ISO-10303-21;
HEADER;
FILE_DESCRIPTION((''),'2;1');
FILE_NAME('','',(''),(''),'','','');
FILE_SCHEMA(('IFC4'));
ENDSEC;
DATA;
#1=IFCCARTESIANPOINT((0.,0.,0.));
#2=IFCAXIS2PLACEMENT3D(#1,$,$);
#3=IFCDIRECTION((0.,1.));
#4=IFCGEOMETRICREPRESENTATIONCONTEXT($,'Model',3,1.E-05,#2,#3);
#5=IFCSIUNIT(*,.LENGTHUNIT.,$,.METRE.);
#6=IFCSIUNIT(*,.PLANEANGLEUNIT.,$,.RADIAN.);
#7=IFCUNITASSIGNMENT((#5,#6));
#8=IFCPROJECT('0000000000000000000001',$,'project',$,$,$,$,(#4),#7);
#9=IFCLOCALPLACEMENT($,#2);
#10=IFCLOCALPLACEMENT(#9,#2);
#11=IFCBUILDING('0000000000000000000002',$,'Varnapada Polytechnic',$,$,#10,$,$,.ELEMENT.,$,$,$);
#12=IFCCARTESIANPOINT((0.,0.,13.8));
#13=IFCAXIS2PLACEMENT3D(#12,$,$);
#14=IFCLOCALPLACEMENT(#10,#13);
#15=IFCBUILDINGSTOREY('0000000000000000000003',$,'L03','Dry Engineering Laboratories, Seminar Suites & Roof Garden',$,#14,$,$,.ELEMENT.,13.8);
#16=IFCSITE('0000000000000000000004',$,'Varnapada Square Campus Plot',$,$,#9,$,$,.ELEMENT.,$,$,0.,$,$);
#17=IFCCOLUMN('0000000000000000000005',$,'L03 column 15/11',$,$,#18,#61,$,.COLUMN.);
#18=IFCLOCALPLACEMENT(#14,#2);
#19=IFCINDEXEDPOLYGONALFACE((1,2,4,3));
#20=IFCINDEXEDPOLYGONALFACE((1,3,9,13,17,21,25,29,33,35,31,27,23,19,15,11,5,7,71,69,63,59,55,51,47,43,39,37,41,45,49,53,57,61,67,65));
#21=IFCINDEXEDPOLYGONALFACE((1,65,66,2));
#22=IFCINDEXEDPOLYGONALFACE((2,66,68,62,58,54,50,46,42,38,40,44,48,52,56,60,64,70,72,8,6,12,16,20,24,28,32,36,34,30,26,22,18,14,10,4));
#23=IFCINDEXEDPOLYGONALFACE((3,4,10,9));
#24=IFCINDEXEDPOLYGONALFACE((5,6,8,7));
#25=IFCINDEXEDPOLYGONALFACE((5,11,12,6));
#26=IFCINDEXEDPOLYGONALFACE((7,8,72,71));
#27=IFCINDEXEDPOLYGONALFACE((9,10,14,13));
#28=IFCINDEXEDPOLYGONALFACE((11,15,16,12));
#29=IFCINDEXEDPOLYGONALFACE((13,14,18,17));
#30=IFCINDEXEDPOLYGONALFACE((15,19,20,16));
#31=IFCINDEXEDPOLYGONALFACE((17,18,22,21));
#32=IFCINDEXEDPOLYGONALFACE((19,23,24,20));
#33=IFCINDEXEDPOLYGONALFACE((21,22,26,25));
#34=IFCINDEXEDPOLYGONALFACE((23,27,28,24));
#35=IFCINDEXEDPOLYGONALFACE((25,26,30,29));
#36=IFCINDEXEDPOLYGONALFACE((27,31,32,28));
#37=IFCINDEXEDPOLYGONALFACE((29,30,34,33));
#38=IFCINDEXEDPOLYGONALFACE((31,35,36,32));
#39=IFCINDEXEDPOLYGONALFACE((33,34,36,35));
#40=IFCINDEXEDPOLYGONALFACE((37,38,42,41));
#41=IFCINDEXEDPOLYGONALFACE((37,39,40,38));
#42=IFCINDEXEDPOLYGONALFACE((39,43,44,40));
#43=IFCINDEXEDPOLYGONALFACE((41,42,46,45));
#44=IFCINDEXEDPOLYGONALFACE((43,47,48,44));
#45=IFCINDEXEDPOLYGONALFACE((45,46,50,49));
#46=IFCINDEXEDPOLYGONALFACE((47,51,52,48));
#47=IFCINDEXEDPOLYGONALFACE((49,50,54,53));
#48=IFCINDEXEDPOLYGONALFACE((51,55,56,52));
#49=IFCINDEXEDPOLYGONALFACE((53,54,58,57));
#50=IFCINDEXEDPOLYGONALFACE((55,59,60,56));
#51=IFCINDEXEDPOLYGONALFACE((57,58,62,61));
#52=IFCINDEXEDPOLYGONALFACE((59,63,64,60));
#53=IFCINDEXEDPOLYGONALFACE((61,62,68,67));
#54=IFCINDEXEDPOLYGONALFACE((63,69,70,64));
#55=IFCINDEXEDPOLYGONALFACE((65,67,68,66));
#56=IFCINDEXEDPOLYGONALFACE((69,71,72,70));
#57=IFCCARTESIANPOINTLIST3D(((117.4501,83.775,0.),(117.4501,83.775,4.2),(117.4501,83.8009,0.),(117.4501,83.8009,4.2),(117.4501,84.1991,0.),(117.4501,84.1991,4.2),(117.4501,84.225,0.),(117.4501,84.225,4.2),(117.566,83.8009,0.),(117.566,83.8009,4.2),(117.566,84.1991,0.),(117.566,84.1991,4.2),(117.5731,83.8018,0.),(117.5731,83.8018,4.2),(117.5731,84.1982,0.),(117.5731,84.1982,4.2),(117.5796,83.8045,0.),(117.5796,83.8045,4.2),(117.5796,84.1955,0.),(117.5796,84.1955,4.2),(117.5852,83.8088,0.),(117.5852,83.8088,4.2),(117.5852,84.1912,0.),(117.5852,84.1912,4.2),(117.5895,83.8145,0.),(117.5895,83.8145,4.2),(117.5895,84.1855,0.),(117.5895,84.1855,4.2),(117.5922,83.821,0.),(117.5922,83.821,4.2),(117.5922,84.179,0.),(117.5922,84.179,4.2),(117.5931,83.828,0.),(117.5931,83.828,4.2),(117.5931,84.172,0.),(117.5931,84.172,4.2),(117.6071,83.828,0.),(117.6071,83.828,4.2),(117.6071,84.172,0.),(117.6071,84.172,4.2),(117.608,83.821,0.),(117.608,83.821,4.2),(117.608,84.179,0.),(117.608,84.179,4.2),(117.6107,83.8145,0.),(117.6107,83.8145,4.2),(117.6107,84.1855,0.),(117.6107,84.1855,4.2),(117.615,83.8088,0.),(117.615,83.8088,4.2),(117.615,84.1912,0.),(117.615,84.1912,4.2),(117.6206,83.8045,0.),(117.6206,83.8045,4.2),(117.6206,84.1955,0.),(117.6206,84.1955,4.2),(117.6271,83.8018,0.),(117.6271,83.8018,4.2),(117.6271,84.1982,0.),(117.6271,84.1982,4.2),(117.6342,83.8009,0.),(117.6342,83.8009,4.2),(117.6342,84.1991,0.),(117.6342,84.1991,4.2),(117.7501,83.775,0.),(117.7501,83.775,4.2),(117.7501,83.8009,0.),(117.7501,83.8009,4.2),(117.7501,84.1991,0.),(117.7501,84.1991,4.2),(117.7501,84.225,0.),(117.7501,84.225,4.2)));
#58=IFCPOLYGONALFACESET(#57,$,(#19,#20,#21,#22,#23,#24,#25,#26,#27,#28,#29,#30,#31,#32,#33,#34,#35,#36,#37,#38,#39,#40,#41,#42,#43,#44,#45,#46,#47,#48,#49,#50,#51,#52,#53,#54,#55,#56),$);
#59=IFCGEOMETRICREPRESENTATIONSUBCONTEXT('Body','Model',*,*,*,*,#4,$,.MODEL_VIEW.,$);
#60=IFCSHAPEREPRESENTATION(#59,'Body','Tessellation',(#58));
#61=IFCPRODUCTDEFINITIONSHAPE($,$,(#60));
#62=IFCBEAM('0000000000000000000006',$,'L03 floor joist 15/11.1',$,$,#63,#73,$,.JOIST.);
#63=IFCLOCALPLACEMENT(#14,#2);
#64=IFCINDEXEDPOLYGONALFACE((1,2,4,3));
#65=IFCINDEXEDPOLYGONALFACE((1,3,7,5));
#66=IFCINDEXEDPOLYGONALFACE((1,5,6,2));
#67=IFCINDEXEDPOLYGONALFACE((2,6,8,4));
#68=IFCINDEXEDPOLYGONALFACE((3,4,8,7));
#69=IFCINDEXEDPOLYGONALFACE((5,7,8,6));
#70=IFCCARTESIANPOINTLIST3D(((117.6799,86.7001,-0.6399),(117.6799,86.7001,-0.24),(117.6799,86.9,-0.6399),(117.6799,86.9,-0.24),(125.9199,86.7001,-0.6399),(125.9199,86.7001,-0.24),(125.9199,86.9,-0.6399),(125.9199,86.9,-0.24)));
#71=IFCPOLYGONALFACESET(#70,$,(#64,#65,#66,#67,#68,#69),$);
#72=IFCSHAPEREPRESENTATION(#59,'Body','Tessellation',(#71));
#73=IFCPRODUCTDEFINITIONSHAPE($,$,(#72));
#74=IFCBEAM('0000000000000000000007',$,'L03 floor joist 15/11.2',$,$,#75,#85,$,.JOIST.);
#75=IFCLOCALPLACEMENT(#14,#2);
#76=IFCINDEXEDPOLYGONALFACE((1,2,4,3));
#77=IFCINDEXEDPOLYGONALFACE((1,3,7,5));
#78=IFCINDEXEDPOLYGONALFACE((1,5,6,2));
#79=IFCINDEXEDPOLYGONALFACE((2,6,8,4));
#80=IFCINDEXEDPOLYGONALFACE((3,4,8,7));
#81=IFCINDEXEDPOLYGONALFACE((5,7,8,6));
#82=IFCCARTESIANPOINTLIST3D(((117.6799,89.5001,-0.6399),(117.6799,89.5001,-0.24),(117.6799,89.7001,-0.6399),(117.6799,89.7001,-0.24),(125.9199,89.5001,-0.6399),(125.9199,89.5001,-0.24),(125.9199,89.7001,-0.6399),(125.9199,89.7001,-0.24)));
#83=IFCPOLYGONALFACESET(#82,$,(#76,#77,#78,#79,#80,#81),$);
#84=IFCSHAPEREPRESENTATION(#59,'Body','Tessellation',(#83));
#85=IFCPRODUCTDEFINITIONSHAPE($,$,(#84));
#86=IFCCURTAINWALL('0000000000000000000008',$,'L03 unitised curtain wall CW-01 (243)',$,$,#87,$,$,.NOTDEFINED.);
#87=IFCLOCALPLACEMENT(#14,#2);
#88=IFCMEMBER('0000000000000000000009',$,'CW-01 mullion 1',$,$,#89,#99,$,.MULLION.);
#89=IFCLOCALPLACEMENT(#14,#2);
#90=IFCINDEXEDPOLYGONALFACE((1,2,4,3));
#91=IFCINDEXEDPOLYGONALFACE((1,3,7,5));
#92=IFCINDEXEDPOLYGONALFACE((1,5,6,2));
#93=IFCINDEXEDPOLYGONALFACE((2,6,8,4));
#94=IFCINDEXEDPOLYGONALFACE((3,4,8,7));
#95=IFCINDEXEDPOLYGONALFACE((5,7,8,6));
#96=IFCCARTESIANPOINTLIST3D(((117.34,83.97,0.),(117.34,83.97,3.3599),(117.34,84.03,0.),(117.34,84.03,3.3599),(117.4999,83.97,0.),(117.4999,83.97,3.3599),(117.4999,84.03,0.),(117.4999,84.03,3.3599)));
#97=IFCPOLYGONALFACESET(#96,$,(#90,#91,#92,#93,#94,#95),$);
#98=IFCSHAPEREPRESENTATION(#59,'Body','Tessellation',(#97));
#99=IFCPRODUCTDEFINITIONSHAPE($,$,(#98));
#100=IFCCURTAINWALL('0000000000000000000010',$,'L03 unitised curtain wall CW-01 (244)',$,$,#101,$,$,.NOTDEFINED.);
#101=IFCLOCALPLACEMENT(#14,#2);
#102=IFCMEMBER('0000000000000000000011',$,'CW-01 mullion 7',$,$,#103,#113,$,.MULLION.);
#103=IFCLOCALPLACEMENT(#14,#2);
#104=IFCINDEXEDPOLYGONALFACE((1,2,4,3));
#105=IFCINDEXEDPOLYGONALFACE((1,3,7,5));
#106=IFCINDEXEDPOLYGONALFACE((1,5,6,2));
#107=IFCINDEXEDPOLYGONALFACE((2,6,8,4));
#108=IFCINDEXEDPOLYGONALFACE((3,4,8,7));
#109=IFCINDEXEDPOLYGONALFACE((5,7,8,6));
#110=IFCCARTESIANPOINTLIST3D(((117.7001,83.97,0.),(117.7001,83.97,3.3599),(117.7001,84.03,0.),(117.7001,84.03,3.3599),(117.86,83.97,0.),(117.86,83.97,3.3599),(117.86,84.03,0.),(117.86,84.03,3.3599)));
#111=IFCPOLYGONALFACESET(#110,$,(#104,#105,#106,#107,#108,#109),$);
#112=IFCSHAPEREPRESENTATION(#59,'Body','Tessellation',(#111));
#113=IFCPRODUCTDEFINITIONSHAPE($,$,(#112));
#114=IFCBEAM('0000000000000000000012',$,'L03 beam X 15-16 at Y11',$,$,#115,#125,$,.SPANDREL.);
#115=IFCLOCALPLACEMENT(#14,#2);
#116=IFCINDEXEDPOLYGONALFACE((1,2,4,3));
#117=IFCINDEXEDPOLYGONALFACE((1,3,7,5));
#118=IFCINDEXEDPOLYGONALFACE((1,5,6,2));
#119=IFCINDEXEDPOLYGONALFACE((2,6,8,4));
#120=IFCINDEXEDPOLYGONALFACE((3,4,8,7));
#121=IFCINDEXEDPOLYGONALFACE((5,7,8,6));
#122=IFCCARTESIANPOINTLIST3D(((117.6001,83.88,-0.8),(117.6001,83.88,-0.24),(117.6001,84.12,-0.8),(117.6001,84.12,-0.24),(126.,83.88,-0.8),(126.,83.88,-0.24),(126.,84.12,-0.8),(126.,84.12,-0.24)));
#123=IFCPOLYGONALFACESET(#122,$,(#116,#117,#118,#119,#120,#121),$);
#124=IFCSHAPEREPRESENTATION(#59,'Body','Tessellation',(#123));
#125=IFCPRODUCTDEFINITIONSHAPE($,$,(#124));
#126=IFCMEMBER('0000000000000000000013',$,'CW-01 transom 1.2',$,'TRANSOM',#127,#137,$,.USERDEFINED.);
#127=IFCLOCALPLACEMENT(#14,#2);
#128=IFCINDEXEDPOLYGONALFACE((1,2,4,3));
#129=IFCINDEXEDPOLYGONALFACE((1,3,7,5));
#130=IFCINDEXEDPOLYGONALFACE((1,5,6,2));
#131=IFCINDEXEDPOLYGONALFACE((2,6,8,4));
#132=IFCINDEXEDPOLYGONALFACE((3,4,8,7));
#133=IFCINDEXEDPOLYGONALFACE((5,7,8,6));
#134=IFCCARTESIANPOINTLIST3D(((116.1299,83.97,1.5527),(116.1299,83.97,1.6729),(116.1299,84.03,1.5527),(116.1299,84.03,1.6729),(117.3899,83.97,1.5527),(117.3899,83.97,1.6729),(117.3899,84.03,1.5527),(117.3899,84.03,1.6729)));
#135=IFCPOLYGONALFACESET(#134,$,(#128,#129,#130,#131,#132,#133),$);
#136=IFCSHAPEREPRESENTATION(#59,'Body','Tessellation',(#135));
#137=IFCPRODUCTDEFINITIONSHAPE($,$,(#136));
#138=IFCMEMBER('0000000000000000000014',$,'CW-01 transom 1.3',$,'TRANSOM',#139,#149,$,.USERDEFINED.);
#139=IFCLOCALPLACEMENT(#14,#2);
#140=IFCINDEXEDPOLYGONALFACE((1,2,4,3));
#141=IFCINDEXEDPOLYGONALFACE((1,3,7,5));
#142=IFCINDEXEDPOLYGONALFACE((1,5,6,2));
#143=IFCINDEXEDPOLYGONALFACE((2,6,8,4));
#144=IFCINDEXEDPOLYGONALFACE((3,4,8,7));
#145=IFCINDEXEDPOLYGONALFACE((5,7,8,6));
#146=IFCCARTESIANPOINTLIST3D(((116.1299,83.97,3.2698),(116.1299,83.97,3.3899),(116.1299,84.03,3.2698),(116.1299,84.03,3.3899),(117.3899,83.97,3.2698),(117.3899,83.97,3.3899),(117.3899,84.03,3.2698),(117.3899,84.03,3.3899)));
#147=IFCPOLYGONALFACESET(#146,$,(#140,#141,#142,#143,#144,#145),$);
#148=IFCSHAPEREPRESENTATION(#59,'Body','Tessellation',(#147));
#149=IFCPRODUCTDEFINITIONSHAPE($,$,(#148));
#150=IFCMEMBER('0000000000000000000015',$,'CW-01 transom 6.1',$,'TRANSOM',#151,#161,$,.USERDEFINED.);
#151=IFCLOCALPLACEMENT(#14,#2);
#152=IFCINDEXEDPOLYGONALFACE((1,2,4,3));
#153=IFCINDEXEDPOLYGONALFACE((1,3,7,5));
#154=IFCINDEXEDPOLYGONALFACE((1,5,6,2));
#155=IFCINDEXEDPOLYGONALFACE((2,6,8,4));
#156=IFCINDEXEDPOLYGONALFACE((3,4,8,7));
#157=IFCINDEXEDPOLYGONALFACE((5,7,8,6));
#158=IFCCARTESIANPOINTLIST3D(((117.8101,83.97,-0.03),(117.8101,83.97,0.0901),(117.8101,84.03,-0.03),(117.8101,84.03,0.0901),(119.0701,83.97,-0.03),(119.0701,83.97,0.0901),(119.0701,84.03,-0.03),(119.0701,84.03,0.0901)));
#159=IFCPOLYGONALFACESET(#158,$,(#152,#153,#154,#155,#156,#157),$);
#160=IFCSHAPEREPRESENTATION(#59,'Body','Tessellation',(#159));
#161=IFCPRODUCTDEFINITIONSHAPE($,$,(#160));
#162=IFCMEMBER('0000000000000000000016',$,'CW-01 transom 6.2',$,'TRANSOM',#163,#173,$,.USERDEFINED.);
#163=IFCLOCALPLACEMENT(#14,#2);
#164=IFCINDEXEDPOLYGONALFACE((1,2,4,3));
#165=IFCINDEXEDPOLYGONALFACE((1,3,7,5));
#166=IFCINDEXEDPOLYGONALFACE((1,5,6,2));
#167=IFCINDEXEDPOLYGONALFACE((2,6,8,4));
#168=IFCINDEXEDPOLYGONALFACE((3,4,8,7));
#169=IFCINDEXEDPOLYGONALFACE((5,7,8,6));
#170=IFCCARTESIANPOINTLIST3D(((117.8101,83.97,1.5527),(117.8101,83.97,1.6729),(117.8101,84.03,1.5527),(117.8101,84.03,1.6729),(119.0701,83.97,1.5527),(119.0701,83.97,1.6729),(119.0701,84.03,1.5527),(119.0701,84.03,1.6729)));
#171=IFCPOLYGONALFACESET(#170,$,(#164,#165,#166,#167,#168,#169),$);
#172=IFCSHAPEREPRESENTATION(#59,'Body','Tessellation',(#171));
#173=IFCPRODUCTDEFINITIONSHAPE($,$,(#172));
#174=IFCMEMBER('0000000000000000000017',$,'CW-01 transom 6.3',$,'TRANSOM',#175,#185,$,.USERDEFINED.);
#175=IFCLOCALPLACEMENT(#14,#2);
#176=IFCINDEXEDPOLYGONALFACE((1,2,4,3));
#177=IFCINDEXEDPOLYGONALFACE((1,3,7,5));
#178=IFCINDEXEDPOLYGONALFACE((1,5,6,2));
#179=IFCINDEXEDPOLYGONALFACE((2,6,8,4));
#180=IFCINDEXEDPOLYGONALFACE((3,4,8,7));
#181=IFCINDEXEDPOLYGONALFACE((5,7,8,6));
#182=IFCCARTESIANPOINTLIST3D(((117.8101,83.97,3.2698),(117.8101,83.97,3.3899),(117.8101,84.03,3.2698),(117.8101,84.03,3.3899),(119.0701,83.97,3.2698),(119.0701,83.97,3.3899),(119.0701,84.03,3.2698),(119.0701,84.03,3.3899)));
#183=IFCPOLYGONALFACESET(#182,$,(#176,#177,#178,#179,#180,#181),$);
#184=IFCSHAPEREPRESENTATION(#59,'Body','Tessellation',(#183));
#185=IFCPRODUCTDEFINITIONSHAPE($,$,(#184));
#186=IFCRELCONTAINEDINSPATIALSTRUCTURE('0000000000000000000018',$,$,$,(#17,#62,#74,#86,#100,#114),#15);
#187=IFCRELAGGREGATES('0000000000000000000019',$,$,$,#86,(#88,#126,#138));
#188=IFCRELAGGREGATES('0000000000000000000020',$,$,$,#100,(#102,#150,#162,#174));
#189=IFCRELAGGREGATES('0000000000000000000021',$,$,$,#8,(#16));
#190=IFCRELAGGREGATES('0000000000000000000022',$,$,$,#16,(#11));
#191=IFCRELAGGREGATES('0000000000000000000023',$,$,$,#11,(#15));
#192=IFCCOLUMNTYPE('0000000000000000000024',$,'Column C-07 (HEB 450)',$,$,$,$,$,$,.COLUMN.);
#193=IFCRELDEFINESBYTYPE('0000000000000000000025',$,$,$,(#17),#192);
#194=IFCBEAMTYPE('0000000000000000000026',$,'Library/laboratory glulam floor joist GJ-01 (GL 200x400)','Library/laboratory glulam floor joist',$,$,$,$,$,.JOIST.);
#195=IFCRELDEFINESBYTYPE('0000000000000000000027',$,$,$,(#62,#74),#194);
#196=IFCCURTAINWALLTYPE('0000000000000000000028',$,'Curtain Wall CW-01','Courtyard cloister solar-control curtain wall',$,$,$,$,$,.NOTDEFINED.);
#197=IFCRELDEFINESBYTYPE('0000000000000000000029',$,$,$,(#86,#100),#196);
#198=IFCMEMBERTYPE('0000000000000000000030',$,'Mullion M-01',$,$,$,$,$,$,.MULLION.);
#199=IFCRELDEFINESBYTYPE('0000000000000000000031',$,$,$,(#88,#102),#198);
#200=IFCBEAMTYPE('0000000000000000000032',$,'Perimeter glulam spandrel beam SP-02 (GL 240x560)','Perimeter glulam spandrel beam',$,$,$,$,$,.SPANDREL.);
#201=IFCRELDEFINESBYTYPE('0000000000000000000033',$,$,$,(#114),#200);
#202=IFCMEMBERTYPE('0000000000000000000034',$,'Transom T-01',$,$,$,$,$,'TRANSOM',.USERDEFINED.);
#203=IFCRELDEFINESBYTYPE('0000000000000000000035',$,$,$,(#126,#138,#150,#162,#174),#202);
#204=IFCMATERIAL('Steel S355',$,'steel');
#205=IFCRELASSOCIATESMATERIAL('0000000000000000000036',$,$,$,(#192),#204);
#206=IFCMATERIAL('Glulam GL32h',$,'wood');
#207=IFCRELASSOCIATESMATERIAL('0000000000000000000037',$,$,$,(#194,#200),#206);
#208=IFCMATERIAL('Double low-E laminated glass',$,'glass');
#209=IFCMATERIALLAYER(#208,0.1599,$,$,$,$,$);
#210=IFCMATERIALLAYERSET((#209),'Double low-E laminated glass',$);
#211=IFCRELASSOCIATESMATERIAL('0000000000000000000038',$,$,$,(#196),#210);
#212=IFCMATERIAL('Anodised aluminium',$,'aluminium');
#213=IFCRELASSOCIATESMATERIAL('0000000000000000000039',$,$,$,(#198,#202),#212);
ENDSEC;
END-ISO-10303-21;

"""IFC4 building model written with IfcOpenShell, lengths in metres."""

from ifc_helpers import new_model, si_unit, direction, frame, origin, origin_2d, place, context, subcontext, project, spatial, rectangle, i_section, extrude, material, layer, layer_set, material_profile, profile_set, type_object, element, aggregate, save


model = new_model("IFC4")

# Units and contexts
model_context = context("Model", 3, precision=1e-05, world=origin(), true_north=direction((0.0, 1.0)))
body_context = subcontext(model_context, "Body", "Model", "MODEL_VIEW")
ifc_project = project(units=[si_unit("LENGTHUNIT", "METRE"), si_unit("PLANEANGLEUNIT", "RADIAN")], contexts=[model_context])

# Site, building, storey
site_placement = place(None, origin())
site = spatial("IfcSite", under=ifc_project, at=site_placement, Name="Varnapada Square Campus Plot", CompositionType="ELEMENT", RefElevation=0.0)
building_placement = place(site_placement, origin())
building = spatial("IfcBuilding", under=site, at=building_placement, Name="Varnapada Polytechnic", CompositionType="ELEMENT")
storey_placement = place(building_placement, frame((0.0, 0.0, 13.8)))
storey = spatial("IfcBuildingStorey", under=building, at=storey_placement, Name="L03", Description="Dry Engineering Laboratories, Seminar Suites & Roof Garden", CompositionType="ELEMENT", Elevation=13.8)

# Column
ifc_material_1 = material(Name="Steel S355", Category="steel")
ifc_material_profile_1 = material_profile(ifc_material_1, i_section(OverallWidth=0.3, OverallDepth=0.45, WebThickness=0.0139, FlangeThickness=0.0259, FilletRadius=0.0271, at=origin_2d()), Name="HEB 450")
ifc_profile_set_1 = profile_set([ifc_material_profile_1], Name="Steel S355")
column_type = type_object("IfcColumnType", Name="Column C-07 (HEB 450)", PredefinedType="COLUMN", material=ifc_profile_set_1)
column_placement = place(storey_placement, frame((117.6001, 84.0, 0.0), z_axis=(0.0, 0.0, 1.0), x_axis=(1.0, 0.0, 0.0)))
element("IfcColumn", 1, at=column_placement, inside=storey, type_object=column_type, Name="L03 column 15/11", PredefinedType="COLUMN", context=body_context, shape_type="SweptSolid", body=[
    extrude(i_section(OverallWidth=0.3, OverallDepth=0.45, WebThickness=0.0139, FlangeThickness=0.0259, FilletRadius=0.0271, at=origin_2d()), origin(), (0.0, 0.0, 1.0), 4.2),
])

# Beams
ifc_material_2 = material(Name="Glulam GL32h", Category="wood")
ifc_material_profile_2 = material_profile(ifc_material_2, rectangle(XDim=0.2, YDim=0.3999, at=origin_2d()), Name="GL 200x400")
ifc_profile_set_2 = profile_set([ifc_material_profile_2], Name="Glulam GL32h")
beam_type_1 = type_object("IfcBeamType", Name="Library/laboratory glulam floor joist GJ-01 (GL 200x400)", Description="Library/laboratory glulam floor joist", PredefinedType="JOIST", material=ifc_profile_set_2)
for number, where, z_axis, x_axis, name in (
    (2, (117.6799, 86.8, -0.4399), (1.0, 0.0, 0.0), (0.0, 1.0, 0.0), "L03 floor joist 15/11.1"),
    (3, (117.6799, 89.6001, -0.4399), (1.0, 0.0, 0.0), (0.0, 1.0, 0.0), "L03 floor joist 15/11.2"),
):
    element("IfcBeam", number, at=place(storey_placement, frame(where, z_axis=z_axis, x_axis=x_axis)), inside=storey, type_object=beam_type_1, Name=name, PredefinedType="JOIST", context=body_context, shape_type="SweptSolid", body=[
        extrude(rectangle(XDim=0.2, YDim=0.3999, at=origin_2d()), origin(), (0.0, 0.0, 1.0), 8.24),
    ])

# Curtain walls, members
ifc_material_3 = material(Name="Double low-E laminated glass", Category="glass")
ifc_layer_1 = layer(ifc_material_3, 0.1599)
ifc_layer_set_1 = layer_set([ifc_layer_1], Name="Double low-E laminated glass")
curtain_wall_type = type_object("IfcCurtainWallType", Name="Curtain Wall CW-01", Description="Courtyard cloister solar-control curtain wall", PredefinedType="NOTDEFINED", material=ifc_layer_set_1)
curtain_wall_1_placement = place(storey_placement, origin())
curtain_wall_1 = element("IfcCurtainWall", 4, at=curtain_wall_1_placement, inside=storey, type_object=curtain_wall_type, Name="L03 unitised curtain wall CW-01 (243)", PredefinedType="NOTDEFINED")
ifc_material_4 = material(Name="Anodised aluminium", Category="aluminium")
ifc_material_profile_3 = material_profile(ifc_material_4, rectangle(XDim=0.0601, YDim=0.1599, at=origin_2d()), Name="ALU M60x160")
ifc_profile_set_3 = profile_set([ifc_material_profile_3], Name="Anodised aluminium")
member_type_1 = type_object("IfcMemberType", Name="Mullion M-01", PredefinedType="MULLION", material=ifc_profile_set_3)
member_1_placement = place(storey_placement, frame((117.4199, 84.0, 0.0), z_axis=(0.0, 0.0, 1.0), x_axis=(0.0, -1.0, 0.0)))
member_1 = element("IfcMember", 5, at=member_1_placement, type_object=member_type_1, Name="CW-01 mullion 1", PredefinedType="MULLION", context=body_context, shape_type="SweptSolid", body=[
    extrude(rectangle(XDim=0.0601, YDim=0.1599, at=origin_2d()), origin(), (0.0, 0.0, 1.0), 3.3599),
])
curtain_wall_2_placement = place(storey_placement, origin())
curtain_wall_2 = element("IfcCurtainWall", 6, at=curtain_wall_2_placement, inside=storey, type_object=curtain_wall_type, Name="L03 unitised curtain wall CW-01 (244)", PredefinedType="NOTDEFINED")
member_2_placement = place(storey_placement, frame((117.78, 84.0, 0.0), z_axis=(0.0, 0.0, 1.0), x_axis=(0.0, -1.0, 0.0)))
member_2 = element("IfcMember", 7, at=member_2_placement, type_object=member_type_1, Name="CW-01 mullion 7", PredefinedType="MULLION", context=body_context, shape_type="SweptSolid", body=[
    extrude(rectangle(XDim=0.0601, YDim=0.1599, at=origin_2d()), origin(), (0.0, 0.0, 1.0), 3.3599),
])

# Beam
ifc_material_profile_4 = material_profile(ifc_material_2, rectangle(XDim=0.24, YDim=0.5601, at=origin_2d()), Name="GL 240x560")
ifc_profile_set_4 = profile_set([ifc_material_profile_4], Name="Glulam GL32h")
beam_type_2 = type_object("IfcBeamType", Name="Perimeter glulam spandrel beam SP-02 (GL 240x560)", Description="Perimeter glulam spandrel beam", PredefinedType="SPANDREL", material=ifc_profile_set_4)
beam_1_placement = place(storey_placement, frame((117.6001, 84.0, -0.52), z_axis=(1.0, 0.0, 0.0), x_axis=(0.0, 1.0, 0.0)))
element("IfcBeam", 8, at=beam_1_placement, inside=storey, type_object=beam_type_2, Name="L03 beam X 15-16 at Y11", PredefinedType="SPANDREL", context=body_context, shape_type="SweptSolid", body=[
    extrude(rectangle(XDim=0.24, YDim=0.5601, at=origin_2d()), origin(), (0.0, 0.0, 1.0), 8.3999),
])

# Members
ifc_material_profile_5 = material_profile(ifc_material_4, rectangle(XDim=0.0601, YDim=0.1201, at=origin_2d()), Name="ALU T60x120")
ifc_profile_set_5 = profile_set([ifc_material_profile_5], Name="Anodised aluminium")
member_type_2 = type_object("IfcMemberType", Name="Transom T-01", ElementType="TRANSOM", PredefinedType="USERDEFINED", material=ifc_profile_set_5)
member_3_placement = place(storey_placement, frame((117.3899, 84.0, 1.6128), z_axis=(-1.0, 0.0, 0.0), x_axis=(0.0, -1.0, 0.0)))
member_3 = element("IfcMember", 9, at=member_3_placement, type_object=member_type_2, Name="CW-01 transom 1.2", ObjectType="TRANSOM", PredefinedType="USERDEFINED", context=body_context, shape_type="SweptSolid", body=[
    extrude(rectangle(XDim=0.0601, YDim=0.1201, at=origin_2d()), origin(), (0.0, 0.0, 1.0), 1.26),
])
member_4_placement = place(storey_placement, frame((117.3899, 84.0, 3.3298), z_axis=(-1.0, 0.0, 0.0), x_axis=(0.0, -1.0, 0.0)))
member_4 = element("IfcMember", 10, at=member_4_placement, type_object=member_type_2, Name="CW-01 transom 1.3", ObjectType="TRANSOM", PredefinedType="USERDEFINED", context=body_context, shape_type="SweptSolid", body=[
    extrude(rectangle(XDim=0.0601, YDim=0.1201, at=origin_2d()), origin(), (0.0, 0.0, 1.0), 1.26),
])
aggregate(curtain_wall_1, [member_1, member_3, member_4])
member_5_placement = place(storey_placement, frame((119.0701, 84.0, 0.03), z_axis=(-1.0, 0.0, 0.0), x_axis=(0.0, -1.0, 0.0)))
member_5 = element("IfcMember", 11, at=member_5_placement, type_object=member_type_2, Name="CW-01 transom 6.1", ObjectType="TRANSOM", PredefinedType="USERDEFINED", context=body_context, shape_type="SweptSolid", body=[
    extrude(rectangle(XDim=0.0601, YDim=0.1201, at=origin_2d()), origin(), (0.0, 0.0, 1.0), 1.26),
])
member_6_placement = place(storey_placement, frame((119.0701, 84.0, 1.6128), z_axis=(-1.0, 0.0, 0.0), x_axis=(0.0, -1.0, 0.0)))
member_6 = element("IfcMember", 12, at=member_6_placement, type_object=member_type_2, Name="CW-01 transom 6.2", ObjectType="TRANSOM", PredefinedType="USERDEFINED", context=body_context, shape_type="SweptSolid", body=[
    extrude(rectangle(XDim=0.0601, YDim=0.1201, at=origin_2d()), origin(), (0.0, 0.0, 1.0), 1.26),
])
member_7_placement = place(storey_placement, frame((119.0701, 84.0, 3.3298), z_axis=(-1.0, 0.0, 0.0), x_axis=(0.0, -1.0, 0.0)))
member_7 = element("IfcMember", 13, at=member_7_placement, type_object=member_type_2, Name="CW-01 transom 6.3", ObjectType="TRANSOM", PredefinedType="USERDEFINED", context=body_context, shape_type="SweptSolid", body=[
    extrude(rectangle(XDim=0.0601, YDim=0.1201, at=origin_2d()), origin(), (0.0, 0.0, 1.0), 1.26),
])

aggregate(curtain_wall_2, [member_2, member_5, member_6, member_7])

save(model, "model.ifc")
